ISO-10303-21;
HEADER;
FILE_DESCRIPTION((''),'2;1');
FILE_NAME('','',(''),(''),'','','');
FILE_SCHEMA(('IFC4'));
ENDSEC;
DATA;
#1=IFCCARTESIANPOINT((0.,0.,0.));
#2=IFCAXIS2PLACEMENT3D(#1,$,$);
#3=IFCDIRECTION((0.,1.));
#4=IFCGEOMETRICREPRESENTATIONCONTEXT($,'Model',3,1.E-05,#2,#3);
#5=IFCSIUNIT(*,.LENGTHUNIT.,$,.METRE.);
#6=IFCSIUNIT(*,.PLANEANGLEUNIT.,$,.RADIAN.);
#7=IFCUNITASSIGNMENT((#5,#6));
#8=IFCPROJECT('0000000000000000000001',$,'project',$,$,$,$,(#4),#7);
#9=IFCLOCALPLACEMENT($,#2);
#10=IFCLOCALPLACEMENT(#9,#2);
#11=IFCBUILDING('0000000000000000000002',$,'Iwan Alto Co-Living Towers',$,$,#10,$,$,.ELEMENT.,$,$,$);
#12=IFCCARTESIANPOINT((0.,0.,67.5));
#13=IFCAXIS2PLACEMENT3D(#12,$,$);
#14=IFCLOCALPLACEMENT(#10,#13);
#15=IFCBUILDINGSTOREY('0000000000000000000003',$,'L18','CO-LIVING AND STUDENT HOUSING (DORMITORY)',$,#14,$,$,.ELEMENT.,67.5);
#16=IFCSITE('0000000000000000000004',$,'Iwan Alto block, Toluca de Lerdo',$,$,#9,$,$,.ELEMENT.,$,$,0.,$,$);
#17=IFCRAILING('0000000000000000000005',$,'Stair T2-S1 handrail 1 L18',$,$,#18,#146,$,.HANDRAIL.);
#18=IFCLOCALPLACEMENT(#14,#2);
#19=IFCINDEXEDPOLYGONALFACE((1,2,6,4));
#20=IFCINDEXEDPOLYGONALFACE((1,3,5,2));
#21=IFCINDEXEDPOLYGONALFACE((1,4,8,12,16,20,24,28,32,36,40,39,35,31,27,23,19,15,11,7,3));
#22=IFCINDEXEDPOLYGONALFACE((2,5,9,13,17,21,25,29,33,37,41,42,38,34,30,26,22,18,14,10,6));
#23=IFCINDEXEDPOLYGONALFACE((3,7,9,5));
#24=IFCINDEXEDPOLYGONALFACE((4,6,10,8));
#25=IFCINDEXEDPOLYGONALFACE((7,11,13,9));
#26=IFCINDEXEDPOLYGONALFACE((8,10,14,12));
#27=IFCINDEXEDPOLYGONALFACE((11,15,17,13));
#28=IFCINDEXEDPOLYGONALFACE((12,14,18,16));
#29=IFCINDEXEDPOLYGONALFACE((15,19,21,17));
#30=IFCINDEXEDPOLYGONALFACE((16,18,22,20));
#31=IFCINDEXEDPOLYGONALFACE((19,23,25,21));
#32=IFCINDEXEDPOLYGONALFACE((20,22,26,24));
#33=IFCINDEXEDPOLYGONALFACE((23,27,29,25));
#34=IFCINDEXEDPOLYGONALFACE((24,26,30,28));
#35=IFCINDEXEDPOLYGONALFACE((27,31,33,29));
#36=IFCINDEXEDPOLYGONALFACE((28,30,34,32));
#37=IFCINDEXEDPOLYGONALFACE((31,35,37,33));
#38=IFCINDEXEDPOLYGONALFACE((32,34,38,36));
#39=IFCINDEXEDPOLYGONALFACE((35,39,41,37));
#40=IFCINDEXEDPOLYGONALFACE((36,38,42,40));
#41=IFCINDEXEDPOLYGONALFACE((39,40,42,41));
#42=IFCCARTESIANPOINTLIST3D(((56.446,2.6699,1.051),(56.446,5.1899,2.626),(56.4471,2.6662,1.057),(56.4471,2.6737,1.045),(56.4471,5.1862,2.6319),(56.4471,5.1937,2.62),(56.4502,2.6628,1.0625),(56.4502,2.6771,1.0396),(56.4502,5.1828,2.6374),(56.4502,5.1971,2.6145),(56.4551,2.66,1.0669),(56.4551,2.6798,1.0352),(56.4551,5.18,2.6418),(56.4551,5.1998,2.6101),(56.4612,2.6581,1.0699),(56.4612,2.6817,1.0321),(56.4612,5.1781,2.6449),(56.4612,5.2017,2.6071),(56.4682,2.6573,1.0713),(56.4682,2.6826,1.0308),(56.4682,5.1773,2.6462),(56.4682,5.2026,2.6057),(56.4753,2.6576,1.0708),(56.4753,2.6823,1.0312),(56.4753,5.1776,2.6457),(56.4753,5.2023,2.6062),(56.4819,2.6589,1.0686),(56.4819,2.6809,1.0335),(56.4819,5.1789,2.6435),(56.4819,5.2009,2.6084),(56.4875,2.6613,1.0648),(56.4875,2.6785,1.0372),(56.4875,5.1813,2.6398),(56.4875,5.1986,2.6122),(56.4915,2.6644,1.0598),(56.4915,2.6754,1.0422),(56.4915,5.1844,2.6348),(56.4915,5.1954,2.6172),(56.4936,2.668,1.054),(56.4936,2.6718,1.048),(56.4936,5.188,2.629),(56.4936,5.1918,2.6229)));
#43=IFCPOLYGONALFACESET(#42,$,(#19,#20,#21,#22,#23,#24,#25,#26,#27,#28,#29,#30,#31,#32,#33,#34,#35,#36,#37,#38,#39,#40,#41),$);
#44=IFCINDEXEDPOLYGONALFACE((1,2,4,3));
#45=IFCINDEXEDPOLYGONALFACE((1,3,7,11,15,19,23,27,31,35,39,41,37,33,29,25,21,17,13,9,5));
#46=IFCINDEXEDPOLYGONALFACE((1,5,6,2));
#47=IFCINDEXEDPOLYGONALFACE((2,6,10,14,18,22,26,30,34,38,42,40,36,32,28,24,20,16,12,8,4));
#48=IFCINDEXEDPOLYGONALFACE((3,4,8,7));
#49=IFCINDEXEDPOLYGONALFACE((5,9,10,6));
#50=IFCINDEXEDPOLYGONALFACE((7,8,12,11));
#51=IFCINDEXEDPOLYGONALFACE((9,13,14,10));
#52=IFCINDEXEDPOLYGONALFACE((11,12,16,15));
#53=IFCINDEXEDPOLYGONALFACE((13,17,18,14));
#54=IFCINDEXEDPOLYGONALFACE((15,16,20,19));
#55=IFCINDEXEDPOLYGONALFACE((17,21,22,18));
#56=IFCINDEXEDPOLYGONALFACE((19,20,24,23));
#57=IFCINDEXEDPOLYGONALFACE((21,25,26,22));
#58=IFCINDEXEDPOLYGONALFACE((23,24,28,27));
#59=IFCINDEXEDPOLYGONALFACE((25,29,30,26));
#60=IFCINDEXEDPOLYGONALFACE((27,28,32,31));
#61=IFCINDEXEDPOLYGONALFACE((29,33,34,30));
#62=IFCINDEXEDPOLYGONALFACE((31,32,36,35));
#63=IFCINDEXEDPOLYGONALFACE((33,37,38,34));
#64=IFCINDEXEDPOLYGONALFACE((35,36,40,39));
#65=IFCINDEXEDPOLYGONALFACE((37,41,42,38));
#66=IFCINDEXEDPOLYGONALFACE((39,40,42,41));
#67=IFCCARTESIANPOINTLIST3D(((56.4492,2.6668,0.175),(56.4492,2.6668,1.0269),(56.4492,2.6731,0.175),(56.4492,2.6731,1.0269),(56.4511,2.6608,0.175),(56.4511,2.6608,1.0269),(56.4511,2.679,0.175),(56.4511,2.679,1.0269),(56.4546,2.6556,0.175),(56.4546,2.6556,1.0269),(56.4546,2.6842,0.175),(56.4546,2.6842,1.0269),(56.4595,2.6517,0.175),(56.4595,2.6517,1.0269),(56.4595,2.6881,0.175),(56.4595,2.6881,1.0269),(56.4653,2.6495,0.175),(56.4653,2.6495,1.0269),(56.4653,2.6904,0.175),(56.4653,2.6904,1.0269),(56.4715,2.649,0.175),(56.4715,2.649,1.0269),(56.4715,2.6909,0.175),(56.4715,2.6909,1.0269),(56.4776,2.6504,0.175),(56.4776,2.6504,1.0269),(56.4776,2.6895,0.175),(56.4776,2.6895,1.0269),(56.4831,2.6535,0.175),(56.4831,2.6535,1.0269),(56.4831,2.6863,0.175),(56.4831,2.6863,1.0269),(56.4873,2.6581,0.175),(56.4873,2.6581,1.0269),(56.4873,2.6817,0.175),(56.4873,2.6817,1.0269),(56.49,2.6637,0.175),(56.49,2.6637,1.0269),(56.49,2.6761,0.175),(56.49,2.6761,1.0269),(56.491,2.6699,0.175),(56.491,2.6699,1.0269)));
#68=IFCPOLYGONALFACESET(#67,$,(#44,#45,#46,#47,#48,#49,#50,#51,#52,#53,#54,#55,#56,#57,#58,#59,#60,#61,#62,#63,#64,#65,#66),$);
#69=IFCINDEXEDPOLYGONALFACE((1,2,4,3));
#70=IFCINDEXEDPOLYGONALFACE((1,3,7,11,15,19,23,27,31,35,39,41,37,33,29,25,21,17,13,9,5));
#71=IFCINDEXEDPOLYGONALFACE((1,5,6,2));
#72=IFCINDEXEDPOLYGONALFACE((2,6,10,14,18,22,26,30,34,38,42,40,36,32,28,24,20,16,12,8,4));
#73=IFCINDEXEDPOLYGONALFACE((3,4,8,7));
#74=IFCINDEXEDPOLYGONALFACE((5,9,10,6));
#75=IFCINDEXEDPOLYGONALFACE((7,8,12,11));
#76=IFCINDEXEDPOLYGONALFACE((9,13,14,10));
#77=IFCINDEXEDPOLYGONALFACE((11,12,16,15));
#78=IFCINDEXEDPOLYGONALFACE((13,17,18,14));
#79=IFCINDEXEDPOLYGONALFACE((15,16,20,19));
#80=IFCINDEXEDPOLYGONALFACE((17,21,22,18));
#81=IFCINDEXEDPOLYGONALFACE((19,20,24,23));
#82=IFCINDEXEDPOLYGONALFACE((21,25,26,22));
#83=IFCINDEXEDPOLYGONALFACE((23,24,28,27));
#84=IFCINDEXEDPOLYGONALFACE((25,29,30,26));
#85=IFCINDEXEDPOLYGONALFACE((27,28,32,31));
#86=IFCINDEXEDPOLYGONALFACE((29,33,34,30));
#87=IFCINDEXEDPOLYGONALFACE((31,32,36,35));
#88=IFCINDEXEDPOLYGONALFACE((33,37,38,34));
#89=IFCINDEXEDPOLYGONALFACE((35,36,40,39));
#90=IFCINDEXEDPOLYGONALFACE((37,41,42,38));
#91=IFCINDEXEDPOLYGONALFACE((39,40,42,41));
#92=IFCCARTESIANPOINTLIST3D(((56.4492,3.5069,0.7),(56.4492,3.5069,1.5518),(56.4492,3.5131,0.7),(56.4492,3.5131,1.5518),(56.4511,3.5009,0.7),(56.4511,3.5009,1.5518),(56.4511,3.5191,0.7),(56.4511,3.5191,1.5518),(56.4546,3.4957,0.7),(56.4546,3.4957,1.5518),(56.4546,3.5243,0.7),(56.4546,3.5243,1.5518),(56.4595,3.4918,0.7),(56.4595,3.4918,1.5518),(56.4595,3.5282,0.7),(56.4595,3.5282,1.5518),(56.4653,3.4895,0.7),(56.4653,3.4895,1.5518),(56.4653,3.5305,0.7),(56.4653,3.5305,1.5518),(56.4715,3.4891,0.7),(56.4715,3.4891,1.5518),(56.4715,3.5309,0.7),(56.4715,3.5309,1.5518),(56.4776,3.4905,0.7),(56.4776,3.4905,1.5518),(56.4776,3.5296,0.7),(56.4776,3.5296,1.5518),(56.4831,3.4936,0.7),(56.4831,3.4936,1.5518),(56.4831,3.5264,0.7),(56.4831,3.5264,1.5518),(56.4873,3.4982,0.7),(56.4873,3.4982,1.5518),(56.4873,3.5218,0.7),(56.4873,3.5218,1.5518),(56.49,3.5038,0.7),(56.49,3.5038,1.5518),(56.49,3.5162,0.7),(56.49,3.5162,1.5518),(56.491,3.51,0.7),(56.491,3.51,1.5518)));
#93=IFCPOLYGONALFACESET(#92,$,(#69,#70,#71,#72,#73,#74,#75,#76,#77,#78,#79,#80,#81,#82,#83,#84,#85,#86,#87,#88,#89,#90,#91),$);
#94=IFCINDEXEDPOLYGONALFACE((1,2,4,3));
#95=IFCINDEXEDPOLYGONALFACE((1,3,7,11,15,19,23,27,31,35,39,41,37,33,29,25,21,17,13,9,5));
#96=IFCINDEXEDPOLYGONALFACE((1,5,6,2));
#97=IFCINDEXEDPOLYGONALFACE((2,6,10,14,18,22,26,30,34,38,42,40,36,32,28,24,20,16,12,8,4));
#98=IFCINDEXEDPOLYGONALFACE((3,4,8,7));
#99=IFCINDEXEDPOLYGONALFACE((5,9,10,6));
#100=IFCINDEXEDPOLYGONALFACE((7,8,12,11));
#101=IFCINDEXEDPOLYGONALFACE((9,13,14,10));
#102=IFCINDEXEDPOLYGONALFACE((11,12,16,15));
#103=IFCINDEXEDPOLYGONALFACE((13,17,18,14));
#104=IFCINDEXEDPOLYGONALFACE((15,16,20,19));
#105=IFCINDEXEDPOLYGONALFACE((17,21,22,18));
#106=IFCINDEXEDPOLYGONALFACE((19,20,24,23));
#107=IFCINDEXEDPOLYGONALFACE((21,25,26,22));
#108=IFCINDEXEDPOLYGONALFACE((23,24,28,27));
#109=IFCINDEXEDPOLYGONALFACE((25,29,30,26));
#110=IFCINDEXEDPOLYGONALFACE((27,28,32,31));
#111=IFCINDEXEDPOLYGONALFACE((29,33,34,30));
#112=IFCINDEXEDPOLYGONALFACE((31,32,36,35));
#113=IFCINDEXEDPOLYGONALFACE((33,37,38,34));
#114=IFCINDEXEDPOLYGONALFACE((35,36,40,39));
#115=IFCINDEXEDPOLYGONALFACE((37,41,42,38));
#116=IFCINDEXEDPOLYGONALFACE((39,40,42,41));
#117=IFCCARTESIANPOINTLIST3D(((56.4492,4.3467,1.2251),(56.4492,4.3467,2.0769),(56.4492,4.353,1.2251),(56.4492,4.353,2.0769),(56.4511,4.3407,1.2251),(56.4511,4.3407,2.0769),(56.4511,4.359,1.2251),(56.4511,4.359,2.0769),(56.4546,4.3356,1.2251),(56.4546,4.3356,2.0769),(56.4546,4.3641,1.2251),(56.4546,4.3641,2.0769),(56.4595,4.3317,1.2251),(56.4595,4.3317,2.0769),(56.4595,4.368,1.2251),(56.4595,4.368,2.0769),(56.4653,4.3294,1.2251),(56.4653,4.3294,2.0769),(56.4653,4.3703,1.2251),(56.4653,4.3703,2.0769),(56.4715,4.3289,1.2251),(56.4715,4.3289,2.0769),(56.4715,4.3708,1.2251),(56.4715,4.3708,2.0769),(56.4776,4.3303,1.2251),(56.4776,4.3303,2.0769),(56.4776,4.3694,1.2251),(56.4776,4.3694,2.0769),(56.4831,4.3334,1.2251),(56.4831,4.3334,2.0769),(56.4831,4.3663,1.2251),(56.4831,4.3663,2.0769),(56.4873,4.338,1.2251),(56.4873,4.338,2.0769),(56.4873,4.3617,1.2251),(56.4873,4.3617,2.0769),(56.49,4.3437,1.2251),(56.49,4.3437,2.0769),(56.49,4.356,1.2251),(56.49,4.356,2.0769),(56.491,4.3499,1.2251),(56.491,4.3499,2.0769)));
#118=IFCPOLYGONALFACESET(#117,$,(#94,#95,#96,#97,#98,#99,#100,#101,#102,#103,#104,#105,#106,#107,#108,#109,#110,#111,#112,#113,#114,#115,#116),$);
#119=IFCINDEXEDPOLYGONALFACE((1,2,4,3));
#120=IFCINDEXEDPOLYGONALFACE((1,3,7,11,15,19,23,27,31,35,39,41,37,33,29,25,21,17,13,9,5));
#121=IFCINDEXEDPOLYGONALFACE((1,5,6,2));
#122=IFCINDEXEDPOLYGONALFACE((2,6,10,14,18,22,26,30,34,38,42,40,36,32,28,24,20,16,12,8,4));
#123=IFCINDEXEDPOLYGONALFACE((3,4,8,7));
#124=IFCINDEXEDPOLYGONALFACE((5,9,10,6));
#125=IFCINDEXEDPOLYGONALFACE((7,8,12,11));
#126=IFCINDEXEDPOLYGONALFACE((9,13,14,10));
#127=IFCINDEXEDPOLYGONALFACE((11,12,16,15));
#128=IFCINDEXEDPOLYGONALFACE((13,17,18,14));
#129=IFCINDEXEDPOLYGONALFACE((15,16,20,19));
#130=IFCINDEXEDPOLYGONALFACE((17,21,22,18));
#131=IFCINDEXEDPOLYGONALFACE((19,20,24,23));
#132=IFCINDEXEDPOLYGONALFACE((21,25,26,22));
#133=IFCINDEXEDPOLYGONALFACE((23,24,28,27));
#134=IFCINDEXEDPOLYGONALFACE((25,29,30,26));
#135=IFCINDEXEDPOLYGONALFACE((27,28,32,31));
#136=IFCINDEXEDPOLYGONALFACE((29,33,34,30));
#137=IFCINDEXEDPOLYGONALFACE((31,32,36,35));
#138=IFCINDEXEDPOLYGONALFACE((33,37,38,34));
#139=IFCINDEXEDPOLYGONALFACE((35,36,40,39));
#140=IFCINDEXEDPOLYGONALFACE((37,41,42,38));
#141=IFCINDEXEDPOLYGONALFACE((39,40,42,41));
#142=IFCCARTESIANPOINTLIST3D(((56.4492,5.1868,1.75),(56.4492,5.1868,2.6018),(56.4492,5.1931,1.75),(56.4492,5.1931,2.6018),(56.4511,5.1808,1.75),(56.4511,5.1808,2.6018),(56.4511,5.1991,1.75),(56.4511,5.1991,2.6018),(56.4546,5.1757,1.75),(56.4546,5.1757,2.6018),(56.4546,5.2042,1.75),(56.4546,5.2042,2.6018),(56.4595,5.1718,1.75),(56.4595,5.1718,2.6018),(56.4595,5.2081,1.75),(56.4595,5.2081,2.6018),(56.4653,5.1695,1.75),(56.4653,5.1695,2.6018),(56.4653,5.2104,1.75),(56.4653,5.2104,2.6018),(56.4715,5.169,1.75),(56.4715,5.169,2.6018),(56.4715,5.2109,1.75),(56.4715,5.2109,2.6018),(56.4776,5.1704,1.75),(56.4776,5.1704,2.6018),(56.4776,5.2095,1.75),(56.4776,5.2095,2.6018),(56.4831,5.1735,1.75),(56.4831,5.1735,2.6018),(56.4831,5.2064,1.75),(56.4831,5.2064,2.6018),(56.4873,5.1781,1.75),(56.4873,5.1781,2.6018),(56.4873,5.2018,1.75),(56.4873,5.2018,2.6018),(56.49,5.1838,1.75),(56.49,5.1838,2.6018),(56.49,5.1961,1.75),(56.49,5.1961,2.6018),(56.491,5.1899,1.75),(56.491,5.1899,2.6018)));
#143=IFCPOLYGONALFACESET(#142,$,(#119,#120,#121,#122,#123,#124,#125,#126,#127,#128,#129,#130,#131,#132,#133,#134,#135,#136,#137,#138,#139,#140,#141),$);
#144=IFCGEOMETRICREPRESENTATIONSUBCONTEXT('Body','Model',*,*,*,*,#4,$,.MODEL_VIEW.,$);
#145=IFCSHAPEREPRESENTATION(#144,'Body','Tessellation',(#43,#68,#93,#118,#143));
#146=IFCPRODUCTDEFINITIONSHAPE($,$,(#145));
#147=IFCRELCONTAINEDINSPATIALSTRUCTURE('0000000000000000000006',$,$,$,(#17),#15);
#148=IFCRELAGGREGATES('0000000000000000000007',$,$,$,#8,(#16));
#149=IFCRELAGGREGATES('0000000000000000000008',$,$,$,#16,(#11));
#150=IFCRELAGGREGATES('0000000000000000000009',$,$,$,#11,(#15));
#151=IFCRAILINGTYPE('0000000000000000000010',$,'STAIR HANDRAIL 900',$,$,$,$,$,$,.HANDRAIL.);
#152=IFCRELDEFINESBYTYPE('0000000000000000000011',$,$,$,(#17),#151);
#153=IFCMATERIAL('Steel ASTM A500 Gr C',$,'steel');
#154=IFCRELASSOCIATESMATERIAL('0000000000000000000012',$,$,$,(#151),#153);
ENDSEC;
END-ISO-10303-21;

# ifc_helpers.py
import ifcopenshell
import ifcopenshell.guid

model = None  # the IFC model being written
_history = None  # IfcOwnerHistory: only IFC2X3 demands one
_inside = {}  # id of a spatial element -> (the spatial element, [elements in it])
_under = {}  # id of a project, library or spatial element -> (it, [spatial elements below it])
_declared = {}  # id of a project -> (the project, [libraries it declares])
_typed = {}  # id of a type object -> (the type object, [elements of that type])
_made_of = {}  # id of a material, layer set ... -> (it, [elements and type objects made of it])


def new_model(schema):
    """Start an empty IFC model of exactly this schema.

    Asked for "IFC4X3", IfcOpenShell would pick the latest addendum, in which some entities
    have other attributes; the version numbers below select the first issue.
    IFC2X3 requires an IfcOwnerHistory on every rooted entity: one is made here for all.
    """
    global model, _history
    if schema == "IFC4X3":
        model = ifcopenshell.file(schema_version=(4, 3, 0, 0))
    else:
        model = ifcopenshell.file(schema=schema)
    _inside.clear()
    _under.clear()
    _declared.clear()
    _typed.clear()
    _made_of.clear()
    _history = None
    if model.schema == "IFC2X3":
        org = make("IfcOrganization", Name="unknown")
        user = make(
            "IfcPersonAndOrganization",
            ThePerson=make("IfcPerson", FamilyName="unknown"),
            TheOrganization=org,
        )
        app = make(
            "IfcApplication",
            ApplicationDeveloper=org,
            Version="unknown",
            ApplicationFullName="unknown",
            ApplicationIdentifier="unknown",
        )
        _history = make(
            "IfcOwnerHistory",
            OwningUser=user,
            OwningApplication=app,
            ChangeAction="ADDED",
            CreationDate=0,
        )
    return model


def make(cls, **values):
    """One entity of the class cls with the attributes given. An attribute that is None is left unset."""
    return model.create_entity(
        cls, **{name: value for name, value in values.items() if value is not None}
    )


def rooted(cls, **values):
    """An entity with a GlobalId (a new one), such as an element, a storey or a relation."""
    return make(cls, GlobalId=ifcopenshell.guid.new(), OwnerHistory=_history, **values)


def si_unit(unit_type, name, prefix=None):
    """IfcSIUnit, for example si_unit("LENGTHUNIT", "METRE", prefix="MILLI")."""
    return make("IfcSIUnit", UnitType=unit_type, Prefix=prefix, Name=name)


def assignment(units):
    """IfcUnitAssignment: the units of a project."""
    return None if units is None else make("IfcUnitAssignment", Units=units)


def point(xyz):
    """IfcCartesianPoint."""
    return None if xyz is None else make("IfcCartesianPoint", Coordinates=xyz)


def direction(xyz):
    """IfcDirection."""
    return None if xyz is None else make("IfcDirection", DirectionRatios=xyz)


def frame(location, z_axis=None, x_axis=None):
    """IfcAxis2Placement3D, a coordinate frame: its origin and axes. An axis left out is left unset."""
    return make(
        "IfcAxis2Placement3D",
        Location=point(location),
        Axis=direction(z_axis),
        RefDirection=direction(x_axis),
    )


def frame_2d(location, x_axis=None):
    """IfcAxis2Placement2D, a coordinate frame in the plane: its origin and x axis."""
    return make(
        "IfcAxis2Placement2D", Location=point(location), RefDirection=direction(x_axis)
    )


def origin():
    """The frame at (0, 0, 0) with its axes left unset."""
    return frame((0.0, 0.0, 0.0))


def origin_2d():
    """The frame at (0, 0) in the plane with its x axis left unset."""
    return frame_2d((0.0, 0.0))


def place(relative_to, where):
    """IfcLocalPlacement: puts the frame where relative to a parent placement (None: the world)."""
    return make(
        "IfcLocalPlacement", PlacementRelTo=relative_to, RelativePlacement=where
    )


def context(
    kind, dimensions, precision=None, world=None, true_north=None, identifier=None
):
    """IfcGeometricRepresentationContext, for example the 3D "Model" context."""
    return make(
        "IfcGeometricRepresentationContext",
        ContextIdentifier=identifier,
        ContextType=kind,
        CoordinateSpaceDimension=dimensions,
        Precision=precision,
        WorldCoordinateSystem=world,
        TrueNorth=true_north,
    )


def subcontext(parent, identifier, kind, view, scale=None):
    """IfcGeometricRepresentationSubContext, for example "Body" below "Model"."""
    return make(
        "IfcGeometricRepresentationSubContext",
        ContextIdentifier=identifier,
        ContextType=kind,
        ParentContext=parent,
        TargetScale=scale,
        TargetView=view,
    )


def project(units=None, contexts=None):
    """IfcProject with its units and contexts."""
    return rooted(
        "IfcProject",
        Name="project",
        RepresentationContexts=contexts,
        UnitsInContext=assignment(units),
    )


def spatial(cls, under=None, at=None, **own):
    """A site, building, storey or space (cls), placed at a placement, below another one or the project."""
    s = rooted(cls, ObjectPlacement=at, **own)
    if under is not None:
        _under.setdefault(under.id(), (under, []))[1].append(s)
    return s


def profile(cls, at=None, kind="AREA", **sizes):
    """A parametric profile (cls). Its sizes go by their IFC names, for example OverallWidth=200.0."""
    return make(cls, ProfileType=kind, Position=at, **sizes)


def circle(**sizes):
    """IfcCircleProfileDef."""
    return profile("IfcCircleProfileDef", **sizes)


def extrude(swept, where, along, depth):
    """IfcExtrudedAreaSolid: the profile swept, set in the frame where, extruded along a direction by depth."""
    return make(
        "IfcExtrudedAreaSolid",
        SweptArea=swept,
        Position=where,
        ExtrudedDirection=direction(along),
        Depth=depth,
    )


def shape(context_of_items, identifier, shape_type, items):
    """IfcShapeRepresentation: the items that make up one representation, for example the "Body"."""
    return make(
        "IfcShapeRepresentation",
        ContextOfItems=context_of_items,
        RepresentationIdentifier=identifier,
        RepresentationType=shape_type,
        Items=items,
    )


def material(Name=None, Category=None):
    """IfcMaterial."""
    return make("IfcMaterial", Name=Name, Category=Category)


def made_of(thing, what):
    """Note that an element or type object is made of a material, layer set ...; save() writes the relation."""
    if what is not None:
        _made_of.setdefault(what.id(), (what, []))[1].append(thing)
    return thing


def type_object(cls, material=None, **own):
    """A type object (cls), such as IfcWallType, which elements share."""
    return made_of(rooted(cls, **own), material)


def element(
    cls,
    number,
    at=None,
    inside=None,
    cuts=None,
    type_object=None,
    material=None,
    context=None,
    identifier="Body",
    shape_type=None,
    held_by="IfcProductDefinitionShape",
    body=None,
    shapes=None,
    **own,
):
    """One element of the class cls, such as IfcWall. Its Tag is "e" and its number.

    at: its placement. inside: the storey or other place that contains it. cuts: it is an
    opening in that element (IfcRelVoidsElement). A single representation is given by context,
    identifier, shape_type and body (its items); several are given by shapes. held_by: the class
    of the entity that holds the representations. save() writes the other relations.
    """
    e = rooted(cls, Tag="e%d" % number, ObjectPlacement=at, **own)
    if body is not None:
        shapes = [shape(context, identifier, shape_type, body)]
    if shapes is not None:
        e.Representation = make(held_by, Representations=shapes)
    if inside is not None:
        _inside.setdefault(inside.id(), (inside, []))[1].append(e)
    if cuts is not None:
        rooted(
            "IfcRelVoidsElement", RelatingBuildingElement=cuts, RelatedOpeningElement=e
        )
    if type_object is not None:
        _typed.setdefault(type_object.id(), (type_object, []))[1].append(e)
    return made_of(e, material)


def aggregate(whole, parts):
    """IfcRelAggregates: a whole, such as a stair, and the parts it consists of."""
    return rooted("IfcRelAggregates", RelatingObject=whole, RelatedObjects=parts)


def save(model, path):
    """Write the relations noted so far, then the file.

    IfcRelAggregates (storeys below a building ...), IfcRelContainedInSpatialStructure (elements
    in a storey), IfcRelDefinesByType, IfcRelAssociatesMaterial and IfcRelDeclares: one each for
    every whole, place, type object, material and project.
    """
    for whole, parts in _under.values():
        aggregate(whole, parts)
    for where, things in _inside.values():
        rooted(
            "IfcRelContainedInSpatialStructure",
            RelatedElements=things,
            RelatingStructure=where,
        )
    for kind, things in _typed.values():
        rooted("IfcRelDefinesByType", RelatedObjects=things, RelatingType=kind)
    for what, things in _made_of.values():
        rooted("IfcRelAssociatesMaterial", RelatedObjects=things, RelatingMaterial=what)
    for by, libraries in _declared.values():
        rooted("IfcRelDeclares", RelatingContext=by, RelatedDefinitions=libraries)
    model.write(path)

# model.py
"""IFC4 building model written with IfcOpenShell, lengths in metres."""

from ifc_helpers import new_model, si_unit, direction, frame, origin, origin_2d, place, context, subcontext, project, spatial, circle, extrude, material, type_object, element, save


model = new_model("IFC4")

# Units and contexts
model_context = context("Model", 3, precision=1e-05, world=origin(), true_north=direction((0.0, 1.0)))
body_context = subcontext(model_context, "Body", "Model", "MODEL_VIEW")
ifc_project = project(units=[si_unit("LENGTHUNIT", "METRE"), si_unit("PLANEANGLEUNIT", "RADIAN")], contexts=[model_context])

# Site, building, storey
site_placement = place(None, origin())
site = spatial("IfcSite", under=ifc_project, at=site_placement, Name="Iwan Alto block, Toluca de Lerdo", CompositionType="ELEMENT", RefElevation=0.0)
building_placement = place(site_placement, origin())
building = spatial("IfcBuilding", under=site, at=building_placement, Name="Iwan Alto Co-Living Towers", CompositionType="ELEMENT")
storey_placement = place(building_placement, frame((0.0, 0.0, 67.5)))
storey = spatial("IfcBuildingStorey", under=building, at=storey_placement, Name="L18", Description="CO-LIVING AND STUDENT HOUSING (DORMITORY)", CompositionType="ELEMENT", Elevation=67.5)

# Railing
ifc_material_1 = material(Name="Steel ASTM A500 Gr C", Category="steel")
railing_type_1 = type_object("IfcRailingType", Name="STAIR HANDRAIL 900", PredefinedType="HANDRAIL", material=ifc_material_1)
railing_1_placement = place(storey_placement, frame((56.47, 2.6699, 0.175)))
element("IfcRailing", 1, at=railing_1_placement, inside=storey, type_object=railing_type_1, Name="Stair T2-S1 handrail 1 L18", PredefinedType="HANDRAIL", context=body_context, shape_type="SweptSolid", body=[
    extrude(circle(Radius=0.0239, at=origin_2d()), frame((0.0, 0.0, 0.876), z_axis=(0.0, 0.848008, 0.529984), x_axis=(-1.0, 0.0, 0.0)), (0.0, 0.0, 1.0), 2.9717),
    extrude(circle(Radius=0.021, at=origin_2d()), origin(), (0.0, 0.0, 1.0), 0.8518),
    extrude(circle(Radius=0.021, at=origin_2d()), frame((0.0, 0.8401, 0.5249)), (0.0, 0.0, 1.0), 0.8518),
    extrude(circle(Radius=0.021, at=origin_2d()), frame((0.0, 1.6799, 1.05)), (0.0, 0.0, 1.0), 0.8518),
    extrude(circle(Radius=0.021, at=origin_2d()), frame((0.0, 2.52, 1.575)), (0.0, 0.0, 1.0), 0.8518),
])

save(model, "model.ifc")
